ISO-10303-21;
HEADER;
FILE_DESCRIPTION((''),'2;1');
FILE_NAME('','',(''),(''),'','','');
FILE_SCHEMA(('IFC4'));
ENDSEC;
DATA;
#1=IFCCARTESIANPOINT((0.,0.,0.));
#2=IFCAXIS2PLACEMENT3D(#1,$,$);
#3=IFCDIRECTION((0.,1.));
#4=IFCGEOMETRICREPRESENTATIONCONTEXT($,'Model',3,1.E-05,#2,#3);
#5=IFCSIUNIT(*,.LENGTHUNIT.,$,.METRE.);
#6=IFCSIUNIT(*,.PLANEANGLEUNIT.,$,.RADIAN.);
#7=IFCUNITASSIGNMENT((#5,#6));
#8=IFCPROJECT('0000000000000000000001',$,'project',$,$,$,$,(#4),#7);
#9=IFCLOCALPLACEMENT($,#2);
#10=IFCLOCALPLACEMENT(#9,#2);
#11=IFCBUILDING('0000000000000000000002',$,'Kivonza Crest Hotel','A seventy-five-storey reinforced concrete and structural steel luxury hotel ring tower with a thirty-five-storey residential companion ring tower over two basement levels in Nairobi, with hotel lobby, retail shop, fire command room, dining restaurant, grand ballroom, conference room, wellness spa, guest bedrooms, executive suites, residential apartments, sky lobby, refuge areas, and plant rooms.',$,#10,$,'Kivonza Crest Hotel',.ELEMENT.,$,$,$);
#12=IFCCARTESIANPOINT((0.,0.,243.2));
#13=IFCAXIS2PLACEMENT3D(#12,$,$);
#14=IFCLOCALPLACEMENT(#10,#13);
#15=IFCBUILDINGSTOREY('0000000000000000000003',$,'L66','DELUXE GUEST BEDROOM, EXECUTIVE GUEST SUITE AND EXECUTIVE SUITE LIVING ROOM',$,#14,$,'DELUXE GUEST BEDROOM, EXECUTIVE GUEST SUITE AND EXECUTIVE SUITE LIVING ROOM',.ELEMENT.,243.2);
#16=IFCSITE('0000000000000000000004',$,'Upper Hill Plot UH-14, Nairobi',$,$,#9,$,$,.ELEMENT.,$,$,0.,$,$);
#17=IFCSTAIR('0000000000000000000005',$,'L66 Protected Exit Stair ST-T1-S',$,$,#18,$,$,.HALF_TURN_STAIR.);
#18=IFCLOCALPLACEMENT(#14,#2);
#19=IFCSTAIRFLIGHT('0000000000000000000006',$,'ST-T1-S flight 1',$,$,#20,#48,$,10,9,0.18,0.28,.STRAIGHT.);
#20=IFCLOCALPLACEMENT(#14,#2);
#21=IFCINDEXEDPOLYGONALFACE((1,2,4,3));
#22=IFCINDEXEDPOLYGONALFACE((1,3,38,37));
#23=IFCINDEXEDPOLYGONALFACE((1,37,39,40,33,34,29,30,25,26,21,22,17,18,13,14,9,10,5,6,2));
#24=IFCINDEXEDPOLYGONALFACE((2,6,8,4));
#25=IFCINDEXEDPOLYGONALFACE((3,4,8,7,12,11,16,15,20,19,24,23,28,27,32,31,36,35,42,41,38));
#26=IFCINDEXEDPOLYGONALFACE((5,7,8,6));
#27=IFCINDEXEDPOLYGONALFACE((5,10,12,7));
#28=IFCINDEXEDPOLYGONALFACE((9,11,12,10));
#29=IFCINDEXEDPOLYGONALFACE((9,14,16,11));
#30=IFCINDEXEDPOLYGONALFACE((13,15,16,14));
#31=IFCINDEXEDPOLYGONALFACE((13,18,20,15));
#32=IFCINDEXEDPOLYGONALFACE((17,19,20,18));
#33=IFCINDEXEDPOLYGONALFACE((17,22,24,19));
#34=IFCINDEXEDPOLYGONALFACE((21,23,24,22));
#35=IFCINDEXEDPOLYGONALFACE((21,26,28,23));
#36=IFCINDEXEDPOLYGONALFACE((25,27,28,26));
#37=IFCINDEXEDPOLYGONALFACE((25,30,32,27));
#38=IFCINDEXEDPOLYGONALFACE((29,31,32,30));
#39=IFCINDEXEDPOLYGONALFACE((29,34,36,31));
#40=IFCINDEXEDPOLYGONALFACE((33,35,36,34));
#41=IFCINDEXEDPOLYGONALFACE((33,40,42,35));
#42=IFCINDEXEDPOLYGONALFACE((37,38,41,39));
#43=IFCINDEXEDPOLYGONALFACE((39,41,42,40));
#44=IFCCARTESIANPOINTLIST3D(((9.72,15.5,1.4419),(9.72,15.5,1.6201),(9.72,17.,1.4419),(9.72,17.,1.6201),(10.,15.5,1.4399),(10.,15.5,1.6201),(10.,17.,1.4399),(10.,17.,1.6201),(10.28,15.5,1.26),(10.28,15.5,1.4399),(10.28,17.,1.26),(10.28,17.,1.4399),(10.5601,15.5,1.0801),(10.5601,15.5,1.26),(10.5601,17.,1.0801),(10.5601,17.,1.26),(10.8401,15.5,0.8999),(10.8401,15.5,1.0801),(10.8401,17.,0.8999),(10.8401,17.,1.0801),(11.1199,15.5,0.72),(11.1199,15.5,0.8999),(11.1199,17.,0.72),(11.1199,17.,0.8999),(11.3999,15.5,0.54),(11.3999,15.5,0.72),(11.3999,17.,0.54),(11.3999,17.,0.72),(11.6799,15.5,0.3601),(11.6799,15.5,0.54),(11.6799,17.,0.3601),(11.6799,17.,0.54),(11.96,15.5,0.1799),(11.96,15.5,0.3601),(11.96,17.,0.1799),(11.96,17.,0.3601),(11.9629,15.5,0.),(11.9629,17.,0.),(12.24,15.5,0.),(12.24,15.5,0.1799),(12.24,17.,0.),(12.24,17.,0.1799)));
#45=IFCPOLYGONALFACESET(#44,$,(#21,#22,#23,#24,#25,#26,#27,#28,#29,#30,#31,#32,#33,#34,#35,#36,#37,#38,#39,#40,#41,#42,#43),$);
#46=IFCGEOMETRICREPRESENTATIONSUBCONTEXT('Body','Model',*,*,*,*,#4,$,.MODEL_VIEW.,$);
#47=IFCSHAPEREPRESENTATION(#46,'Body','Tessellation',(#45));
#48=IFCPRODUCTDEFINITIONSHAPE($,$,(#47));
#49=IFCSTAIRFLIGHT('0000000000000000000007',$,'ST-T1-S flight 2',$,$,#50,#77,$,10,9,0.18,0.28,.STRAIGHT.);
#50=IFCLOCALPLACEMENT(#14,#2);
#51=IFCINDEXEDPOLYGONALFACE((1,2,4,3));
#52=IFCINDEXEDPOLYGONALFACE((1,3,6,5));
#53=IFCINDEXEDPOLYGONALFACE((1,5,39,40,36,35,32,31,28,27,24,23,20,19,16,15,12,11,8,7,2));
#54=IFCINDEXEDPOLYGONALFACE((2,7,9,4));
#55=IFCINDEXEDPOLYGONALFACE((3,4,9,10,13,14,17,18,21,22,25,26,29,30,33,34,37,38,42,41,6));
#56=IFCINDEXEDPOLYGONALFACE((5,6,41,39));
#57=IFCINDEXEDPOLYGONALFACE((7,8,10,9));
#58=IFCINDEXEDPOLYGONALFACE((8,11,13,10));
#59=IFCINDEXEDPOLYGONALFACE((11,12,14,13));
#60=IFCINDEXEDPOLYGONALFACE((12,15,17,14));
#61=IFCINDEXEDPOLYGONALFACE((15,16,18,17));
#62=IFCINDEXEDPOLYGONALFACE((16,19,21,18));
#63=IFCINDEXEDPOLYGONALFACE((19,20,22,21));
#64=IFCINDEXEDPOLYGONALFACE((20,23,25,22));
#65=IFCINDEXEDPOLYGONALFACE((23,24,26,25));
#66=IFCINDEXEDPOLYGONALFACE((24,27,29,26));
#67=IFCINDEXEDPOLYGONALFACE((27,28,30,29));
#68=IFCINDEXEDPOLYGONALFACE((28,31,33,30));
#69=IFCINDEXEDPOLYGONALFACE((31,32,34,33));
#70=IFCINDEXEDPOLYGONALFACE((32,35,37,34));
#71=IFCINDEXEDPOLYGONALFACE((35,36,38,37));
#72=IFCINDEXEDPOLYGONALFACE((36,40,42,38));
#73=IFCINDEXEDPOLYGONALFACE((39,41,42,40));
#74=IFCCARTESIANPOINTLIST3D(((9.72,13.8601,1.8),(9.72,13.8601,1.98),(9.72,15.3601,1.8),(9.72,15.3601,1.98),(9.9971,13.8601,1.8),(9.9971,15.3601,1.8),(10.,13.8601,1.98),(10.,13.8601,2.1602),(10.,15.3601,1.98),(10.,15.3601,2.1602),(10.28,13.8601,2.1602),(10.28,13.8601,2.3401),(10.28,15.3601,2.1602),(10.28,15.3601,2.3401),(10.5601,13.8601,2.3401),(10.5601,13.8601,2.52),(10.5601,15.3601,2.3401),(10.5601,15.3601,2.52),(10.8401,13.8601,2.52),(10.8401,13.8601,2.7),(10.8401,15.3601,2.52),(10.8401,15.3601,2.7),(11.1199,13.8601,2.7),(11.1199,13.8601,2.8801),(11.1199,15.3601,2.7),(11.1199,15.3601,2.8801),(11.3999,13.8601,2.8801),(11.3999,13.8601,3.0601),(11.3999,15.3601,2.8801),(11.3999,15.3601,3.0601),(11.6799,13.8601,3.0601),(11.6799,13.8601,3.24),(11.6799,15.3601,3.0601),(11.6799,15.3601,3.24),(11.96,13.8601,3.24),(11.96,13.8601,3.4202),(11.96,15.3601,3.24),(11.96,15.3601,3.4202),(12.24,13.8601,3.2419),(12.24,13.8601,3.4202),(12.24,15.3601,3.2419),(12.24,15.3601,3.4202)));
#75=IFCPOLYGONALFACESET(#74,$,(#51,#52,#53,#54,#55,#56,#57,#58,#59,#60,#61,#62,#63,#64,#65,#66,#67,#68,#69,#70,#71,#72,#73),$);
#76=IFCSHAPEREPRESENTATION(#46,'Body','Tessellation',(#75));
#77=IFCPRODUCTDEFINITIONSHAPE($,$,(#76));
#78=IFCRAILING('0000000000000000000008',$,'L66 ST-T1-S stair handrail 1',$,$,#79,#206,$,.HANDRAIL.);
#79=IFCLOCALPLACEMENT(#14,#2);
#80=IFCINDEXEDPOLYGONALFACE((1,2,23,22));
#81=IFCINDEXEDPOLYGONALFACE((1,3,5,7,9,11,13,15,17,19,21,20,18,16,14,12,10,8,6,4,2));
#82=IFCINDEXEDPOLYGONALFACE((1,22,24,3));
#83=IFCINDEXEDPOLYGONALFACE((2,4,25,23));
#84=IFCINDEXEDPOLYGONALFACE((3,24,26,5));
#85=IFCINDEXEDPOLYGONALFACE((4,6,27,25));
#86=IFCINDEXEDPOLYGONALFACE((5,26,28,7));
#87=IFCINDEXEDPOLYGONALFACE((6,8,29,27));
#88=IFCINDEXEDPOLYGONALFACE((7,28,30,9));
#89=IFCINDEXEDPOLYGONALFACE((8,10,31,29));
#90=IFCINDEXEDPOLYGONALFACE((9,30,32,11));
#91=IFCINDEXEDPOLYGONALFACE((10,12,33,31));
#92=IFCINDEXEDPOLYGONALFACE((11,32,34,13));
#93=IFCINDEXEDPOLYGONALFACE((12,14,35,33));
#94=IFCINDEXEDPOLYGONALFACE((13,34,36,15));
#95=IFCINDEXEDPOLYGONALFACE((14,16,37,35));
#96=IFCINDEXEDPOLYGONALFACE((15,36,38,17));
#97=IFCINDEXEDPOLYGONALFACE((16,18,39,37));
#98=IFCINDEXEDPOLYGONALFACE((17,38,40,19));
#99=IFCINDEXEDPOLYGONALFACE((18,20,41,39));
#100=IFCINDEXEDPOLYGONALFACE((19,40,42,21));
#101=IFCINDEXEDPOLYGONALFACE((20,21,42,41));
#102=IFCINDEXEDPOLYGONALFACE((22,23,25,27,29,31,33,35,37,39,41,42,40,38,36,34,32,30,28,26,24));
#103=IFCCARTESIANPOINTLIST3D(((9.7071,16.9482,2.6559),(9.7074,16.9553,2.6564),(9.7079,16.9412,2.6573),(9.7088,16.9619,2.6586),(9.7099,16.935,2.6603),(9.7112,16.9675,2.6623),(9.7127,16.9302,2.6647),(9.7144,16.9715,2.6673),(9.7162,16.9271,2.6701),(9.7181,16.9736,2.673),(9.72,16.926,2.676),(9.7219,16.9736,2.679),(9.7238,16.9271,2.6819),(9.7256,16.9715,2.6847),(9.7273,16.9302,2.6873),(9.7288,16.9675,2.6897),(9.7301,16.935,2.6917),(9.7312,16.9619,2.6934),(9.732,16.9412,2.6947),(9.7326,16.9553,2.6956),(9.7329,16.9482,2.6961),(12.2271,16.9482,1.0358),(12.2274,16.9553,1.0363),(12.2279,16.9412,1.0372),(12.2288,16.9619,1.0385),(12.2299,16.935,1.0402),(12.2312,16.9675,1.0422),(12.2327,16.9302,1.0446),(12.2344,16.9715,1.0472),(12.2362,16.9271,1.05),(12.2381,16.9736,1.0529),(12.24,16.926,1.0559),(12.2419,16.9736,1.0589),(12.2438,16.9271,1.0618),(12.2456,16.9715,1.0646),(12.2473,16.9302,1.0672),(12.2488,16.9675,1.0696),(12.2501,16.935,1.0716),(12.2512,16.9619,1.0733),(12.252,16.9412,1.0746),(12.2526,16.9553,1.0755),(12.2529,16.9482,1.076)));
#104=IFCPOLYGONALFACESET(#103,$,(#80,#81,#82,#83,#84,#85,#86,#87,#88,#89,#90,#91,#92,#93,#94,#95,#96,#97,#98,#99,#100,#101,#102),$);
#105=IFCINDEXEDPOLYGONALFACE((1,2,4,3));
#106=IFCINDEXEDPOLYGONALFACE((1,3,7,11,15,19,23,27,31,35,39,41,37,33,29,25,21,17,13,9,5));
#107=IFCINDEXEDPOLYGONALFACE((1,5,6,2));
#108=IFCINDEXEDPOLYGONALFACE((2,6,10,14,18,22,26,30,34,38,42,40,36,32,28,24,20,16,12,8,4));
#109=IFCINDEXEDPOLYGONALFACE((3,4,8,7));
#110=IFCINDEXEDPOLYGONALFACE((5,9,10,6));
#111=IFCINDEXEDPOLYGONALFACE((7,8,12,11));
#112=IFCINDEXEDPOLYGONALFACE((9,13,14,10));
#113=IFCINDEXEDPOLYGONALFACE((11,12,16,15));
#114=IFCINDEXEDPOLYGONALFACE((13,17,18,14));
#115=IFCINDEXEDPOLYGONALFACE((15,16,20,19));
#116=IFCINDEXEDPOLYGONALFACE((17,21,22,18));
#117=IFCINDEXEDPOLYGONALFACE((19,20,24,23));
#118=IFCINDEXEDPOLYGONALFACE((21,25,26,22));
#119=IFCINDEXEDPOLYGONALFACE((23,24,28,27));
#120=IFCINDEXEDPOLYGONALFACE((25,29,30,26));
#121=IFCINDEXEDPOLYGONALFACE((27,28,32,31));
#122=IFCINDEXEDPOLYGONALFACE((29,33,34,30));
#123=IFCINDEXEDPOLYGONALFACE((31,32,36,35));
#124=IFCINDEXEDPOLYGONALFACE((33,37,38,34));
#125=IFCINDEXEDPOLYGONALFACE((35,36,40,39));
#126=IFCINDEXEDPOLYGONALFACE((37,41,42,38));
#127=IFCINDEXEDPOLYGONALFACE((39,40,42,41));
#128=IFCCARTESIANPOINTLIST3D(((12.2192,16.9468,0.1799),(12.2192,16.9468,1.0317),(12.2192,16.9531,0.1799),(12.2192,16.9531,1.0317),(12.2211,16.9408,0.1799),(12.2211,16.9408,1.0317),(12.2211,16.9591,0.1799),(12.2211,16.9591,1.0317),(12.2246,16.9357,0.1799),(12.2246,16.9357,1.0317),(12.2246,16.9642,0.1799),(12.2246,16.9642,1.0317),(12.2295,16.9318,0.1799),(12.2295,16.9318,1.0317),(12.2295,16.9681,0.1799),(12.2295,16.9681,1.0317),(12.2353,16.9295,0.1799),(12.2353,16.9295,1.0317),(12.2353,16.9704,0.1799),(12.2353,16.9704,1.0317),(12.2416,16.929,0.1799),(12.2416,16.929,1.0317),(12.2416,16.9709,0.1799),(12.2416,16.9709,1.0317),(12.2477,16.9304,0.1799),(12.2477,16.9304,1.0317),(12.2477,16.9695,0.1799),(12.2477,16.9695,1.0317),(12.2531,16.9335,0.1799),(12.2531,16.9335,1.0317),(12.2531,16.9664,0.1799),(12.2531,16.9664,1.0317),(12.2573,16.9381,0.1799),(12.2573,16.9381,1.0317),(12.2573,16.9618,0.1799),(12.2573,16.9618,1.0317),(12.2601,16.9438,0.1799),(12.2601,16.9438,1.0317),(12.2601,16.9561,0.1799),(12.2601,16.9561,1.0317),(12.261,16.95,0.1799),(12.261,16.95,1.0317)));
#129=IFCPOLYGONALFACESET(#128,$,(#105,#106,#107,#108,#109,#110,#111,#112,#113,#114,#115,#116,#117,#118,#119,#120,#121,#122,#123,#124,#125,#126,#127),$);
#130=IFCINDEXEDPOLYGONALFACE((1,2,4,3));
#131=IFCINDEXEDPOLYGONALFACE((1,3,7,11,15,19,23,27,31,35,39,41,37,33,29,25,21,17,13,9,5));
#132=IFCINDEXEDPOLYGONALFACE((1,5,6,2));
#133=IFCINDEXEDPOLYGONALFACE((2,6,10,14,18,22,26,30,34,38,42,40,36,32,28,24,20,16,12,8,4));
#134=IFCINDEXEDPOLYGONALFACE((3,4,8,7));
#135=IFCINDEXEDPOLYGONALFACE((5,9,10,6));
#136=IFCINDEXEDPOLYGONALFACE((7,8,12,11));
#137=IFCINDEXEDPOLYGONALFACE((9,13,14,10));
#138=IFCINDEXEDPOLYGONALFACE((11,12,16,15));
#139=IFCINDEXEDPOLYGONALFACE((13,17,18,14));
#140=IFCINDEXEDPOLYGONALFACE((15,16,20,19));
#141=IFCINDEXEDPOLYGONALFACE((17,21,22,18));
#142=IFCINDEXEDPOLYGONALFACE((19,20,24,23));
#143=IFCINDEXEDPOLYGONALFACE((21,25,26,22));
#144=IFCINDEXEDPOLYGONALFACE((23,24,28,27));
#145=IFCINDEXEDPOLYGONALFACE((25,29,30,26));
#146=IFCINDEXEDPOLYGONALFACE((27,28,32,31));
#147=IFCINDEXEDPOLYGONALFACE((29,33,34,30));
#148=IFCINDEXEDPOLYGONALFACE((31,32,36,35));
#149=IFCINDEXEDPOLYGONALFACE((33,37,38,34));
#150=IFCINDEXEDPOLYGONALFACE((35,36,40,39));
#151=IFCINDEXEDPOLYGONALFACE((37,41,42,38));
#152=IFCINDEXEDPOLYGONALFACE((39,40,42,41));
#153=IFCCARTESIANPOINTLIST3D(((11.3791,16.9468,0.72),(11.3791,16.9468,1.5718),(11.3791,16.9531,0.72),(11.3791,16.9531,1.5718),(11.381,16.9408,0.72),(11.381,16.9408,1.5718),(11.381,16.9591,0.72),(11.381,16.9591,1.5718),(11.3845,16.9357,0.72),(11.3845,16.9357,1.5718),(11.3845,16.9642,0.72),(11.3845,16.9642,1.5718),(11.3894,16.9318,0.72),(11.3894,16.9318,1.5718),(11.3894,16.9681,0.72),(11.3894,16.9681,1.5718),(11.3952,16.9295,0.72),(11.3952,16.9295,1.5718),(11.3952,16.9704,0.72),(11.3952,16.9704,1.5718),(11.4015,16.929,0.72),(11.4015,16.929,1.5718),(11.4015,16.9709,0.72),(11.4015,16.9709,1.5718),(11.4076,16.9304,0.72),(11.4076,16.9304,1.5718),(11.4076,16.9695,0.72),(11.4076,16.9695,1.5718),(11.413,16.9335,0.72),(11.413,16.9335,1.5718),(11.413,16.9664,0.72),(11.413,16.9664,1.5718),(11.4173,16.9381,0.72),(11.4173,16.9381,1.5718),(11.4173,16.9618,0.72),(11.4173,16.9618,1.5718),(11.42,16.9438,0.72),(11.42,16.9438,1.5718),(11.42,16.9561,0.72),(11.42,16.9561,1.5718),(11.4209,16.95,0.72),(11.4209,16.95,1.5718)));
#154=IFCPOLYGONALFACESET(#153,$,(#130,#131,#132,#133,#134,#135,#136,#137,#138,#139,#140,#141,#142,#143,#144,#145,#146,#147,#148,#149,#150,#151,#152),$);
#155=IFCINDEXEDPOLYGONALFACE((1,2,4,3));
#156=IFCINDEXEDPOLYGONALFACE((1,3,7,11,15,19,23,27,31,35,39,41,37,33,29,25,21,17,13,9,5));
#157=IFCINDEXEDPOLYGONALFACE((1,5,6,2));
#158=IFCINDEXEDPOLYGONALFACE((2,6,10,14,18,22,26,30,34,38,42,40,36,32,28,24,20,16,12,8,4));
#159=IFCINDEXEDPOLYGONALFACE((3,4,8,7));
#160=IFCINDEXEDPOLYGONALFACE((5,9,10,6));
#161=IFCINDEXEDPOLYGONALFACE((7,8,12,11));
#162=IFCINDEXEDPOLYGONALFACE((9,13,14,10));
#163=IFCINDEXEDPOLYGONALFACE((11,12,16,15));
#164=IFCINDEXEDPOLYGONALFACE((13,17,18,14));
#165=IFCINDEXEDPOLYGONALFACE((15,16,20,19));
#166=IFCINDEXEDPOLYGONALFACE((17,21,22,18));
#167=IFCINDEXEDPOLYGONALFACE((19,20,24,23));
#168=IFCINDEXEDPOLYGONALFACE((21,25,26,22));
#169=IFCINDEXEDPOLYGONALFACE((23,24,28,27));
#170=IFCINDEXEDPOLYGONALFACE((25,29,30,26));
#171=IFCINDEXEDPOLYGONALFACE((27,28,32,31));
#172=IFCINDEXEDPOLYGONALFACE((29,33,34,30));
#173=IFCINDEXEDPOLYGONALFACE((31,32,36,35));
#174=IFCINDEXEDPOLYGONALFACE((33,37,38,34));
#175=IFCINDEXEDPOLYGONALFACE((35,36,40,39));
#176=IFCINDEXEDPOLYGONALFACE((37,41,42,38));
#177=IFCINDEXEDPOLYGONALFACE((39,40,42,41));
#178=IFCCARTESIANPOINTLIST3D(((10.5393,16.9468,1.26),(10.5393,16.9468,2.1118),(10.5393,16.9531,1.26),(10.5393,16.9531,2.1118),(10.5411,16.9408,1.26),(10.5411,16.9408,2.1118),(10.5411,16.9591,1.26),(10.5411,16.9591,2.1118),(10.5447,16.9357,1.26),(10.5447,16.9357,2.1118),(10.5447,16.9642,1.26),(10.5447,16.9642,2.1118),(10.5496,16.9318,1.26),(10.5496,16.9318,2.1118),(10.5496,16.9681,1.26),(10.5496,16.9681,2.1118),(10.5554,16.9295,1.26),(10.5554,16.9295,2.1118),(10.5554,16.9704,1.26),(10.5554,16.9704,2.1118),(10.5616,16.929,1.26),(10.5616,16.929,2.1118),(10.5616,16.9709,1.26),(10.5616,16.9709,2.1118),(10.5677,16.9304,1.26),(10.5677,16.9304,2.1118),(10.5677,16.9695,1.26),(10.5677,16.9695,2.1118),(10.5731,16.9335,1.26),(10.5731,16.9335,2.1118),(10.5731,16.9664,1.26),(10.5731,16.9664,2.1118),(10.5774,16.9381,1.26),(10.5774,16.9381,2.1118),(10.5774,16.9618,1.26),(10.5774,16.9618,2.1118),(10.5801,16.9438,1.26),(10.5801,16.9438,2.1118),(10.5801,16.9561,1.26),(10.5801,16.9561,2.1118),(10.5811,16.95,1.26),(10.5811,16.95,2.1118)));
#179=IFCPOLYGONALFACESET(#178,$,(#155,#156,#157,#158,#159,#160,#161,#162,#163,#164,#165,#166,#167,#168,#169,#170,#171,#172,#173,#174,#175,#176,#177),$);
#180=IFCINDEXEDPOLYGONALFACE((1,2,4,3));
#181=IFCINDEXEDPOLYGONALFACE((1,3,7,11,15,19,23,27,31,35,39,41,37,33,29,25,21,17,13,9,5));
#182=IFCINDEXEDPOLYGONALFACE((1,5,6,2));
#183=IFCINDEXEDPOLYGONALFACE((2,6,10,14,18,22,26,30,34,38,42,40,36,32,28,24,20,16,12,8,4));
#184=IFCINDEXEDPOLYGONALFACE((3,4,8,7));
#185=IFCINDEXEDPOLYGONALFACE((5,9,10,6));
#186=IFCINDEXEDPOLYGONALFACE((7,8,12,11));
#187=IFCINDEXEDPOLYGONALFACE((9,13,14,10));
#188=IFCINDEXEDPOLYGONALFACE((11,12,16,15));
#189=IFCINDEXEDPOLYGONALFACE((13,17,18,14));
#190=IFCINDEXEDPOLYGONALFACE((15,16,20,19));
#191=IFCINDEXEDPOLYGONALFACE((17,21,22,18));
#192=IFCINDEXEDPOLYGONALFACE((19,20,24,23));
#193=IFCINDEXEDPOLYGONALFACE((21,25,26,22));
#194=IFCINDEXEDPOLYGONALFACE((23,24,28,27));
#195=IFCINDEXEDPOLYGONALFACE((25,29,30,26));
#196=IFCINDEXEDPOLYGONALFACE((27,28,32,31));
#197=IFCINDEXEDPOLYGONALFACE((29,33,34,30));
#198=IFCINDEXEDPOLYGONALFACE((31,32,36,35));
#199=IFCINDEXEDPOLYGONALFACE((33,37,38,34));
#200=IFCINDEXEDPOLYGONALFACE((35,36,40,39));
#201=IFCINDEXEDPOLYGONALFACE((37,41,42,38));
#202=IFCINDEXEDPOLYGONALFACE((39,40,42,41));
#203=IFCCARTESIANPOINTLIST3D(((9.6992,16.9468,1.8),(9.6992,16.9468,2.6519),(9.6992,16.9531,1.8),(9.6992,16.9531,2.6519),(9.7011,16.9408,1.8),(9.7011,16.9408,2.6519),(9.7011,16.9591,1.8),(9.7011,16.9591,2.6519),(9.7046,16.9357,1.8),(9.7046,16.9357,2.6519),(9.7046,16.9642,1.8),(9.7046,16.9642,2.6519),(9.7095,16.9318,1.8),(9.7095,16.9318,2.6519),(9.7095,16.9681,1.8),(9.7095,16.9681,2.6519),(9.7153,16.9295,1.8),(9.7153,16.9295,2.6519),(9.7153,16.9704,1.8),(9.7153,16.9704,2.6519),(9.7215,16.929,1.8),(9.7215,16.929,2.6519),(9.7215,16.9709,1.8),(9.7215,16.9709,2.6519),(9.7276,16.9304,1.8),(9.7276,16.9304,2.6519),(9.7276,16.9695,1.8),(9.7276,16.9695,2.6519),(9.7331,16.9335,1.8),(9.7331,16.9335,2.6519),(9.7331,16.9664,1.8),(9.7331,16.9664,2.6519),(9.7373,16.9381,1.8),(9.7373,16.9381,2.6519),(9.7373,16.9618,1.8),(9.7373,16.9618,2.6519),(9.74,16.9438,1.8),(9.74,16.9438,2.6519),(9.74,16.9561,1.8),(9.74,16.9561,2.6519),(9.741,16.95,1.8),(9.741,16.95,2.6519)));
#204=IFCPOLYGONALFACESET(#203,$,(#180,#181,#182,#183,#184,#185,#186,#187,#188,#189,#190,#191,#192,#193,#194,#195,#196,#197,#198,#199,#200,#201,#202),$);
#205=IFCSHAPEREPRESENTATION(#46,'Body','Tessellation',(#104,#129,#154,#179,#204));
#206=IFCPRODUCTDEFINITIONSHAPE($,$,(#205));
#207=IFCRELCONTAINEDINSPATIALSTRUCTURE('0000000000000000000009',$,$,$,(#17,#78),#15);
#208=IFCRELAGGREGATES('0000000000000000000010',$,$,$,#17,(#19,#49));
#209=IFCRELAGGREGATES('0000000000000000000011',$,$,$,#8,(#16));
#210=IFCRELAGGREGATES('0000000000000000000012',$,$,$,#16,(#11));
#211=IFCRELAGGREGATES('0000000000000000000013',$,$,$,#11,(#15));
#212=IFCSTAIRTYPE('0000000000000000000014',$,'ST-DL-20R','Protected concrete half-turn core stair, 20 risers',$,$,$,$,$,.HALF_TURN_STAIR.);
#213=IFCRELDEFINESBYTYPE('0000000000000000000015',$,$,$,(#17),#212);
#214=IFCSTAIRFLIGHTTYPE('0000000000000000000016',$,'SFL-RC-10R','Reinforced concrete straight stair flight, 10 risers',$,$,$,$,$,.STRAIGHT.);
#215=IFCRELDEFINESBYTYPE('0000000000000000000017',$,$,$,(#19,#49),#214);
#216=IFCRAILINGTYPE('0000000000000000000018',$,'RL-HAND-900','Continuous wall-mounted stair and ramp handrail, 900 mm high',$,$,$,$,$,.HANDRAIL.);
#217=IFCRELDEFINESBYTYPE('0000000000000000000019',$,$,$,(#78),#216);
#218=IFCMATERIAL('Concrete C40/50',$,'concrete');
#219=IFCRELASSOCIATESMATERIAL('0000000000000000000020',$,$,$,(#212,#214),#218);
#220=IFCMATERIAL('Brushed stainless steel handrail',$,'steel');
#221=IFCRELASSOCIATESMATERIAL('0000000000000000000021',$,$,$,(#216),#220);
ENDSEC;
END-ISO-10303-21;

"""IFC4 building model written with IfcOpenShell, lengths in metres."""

from ifc_helpers import new_model, si_unit, direction, frame, origin, origin_2d, place, context, subcontext, project, spatial, polyline, circle, outline, extrude, material, type_object, element, aggregate, save


model = new_model("IFC4")

# Units and contexts
model_context = context("Model", 3, precision=1e-05, world=origin(), true_north=direction((0.0, 1.0)))
body_context = subcontext(model_context, "Body", "Model", "MODEL_VIEW")
ifc_project = project(units=[si_unit("LENGTHUNIT", "METRE"), si_unit("PLANEANGLEUNIT", "RADIAN")], contexts=[model_context])

# Site, building, storey
site_placement = place(None, origin())
site = spatial("IfcSite", under=ifc_project, at=site_placement, Name="Upper Hill Plot UH-14, Nairobi", CompositionType="ELEMENT", RefElevation=0.0)
building_placement = place(site_placement, origin())
building = spatial("IfcBuilding", under=site, at=building_placement, Name="Kivonza Crest Hotel", Description="A seventy-five-storey reinforced concrete and structural steel luxury hotel ring tower with a thirty-five-storey residential companion ring tower over two basement levels in Nairobi, with hotel lobby, retail shop, fire command room, dining restaurant, grand ballroom, conference room, wellness spa, guest bedrooms, executive suites, residential apartments, sky lobby, refuge areas, and plant rooms.", LongName="Kivonza Crest Hotel", CompositionType="ELEMENT")
storey_placement = place(building_placement, frame((0.0, 0.0, 243.2)))
storey = spatial("IfcBuildingStorey", under=building, at=storey_placement, Name="L66", Description="DELUXE GUEST BEDROOM, EXECUTIVE GUEST SUITE AND EXECUTIVE SUITE LIVING ROOM", LongName="DELUXE GUEST BEDROOM, EXECUTIVE GUEST SUITE AND EXECUTIVE SUITE LIVING ROOM", CompositionType="ELEMENT", Elevation=243.2)

# Stair, stair flights
ifc_material_1 = material(Name="Concrete C40/50", Category="concrete")
stair_type = type_object("IfcStairType", Name="ST-DL-20R", Description="Protected concrete half-turn core stair, 20 risers", PredefinedType="HALF_TURN_STAIR", material=ifc_material_1)
stair_placement = place(storey_placement, origin())
stair = element("IfcStair", 1, at=stair_placement, inside=storey, type_object=stair_type, Name="L66 Protected Exit Stair ST-T1-S", PredefinedType="HALF_TURN_STAIR")
stair_flight_type = type_object("IfcStairFlightType", Name="SFL-RC-10R", Description="Reinforced concrete straight stair flight, 10 risers", PredefinedType="STRAIGHT", material=ifc_material_1)
stair_flight_1_placement = place(storey_placement, frame((12.24, 16.25, 0.0), z_axis=(0.0, 0.0, 1.0), x_axis=(-1.0, 0.0, 0.0)))
stair_flight_1 = element("IfcStairFlight", 2, at=stair_flight_1_placement, type_object=stair_flight_type, Name="ST-T1-S flight 1", NumberOfRisers=10, NumberOfTreads=9, PredefinedType="STRAIGHT", RiserHeight=0.18, TreadLength=0.28, context=body_context, shape_type="SweptSolid", body=[
    extrude(outline(polyline([(0.0, 0.0), (0.0, 0.1799), (0.28, 0.1799), (0.28, 0.3601), (0.5601, 0.3601), (0.5601, 0.54), (0.8401, 0.54), (0.8401, 0.72), (1.1201, 0.72), (1.1201, 0.8999), (1.3999, 0.8999), (1.3999, 1.0801), (1.6799, 1.0801), (1.6799, 1.26), (1.96, 1.26), (1.96, 1.4399), (2.24, 1.4399), (2.24, 1.6201), (2.52, 1.6201), (2.52, 1.8), (2.52, 1.4419), (0.2771, 0.0), (0.0, 0.0)])), frame((0.0, 0.75, 0.0), z_axis=(0.0, -1.0, 0.0), x_axis=(1.0, 0.0, 0.0)), (0.0, 0.0, 1.0), 1.5),
])
stair_flight_2_placement = place(storey_placement, frame((9.72, 14.6101, 1.8), z_axis=(0.0, 0.0, 1.0), x_axis=(1.0, 0.0, 0.0)))
stair_flight_2 = element("IfcStairFlight", 3, at=stair_flight_2_placement, type_object=stair_flight_type, Name="ST-T1-S flight 2", NumberOfRisers=10, NumberOfTreads=9, PredefinedType="STRAIGHT", RiserHeight=0.18, TreadLength=0.28, context=body_context, shape_type="SweptSolid", body=[
    extrude(outline(polyline([(0.0, 0.0), (0.0, 0.1799), (0.28, 0.1799), (0.28, 0.3601), (0.5601, 0.3601), (0.5601, 0.54), (0.8401, 0.54), (0.8401, 0.72), (1.1201, 0.72), (1.1201, 0.8999), (1.3999, 0.8999), (1.3999, 1.0801), (1.6799, 1.0801), (1.6799, 1.26), (1.96, 1.26), (1.96, 1.4399), (2.24, 1.4399), (2.24, 1.6201), (2.52, 1.6201), (2.52, 1.8), (2.52, 1.4419), (0.2771, 0.0), (0.0, 0.0)])), frame((0.0, 0.75, 0.0), z_axis=(0.0, -1.0, 0.0), x_axis=(1.0, 0.0, 0.0)), (0.0, 0.0, 1.0), 1.5),
])
aggregate(stair, [stair_flight_1, stair_flight_2])

# Railing
ifc_material_2 = material(Name="Brushed stainless steel handrail", Category="steel")
railing_type_1 = type_object("IfcRailingType", Name="RL-HAND-900", Description="Continuous wall-mounted stair and ramp handrail, 900 mm high", PredefinedType="HANDRAIL", material=ifc_material_2)
railing_1_placement = place(storey_placement, frame((12.24, 16.95, 0.1799)))
element("IfcRailing", 4, at=railing_1_placement, inside=storey, type_object=railing_type_1, Name="L66 ST-T1-S stair handrail 1", PredefinedType="HANDRAIL", context=body_context, shape_type="SweptSolid", body=[
    extrude(circle(Radius=0.0239, at=origin_2d()), frame((0.0, 0.0, 0.876), z_axis=(-0.841163, 0.0, 0.540782), x_axis=(0.0, -1.0, 0.0)), (0.0, 0.0, 1.0), 2.9958),
    extrude(circle(Radius=0.021, at=origin_2d()), origin(), (0.0, 0.0, 1.0), 0.8518),
    extrude(circle(Radius=0.021, at=origin_2d()), frame((-0.8401, 0.0, 0.54)), (0.0, 0.0, 1.0), 0.8518),
    extrude(circle(Radius=0.021, at=origin_2d()), frame((-1.6799, 0.0, 1.0801)), (0.0, 0.0, 1.0), 0.8518),
    extrude(circle(Radius=0.021, at=origin_2d()), frame((-2.52, 0.0, 1.6201)), (0.0, 0.0, 1.0), 0.8518),
])

save(model, "model.ifc")
